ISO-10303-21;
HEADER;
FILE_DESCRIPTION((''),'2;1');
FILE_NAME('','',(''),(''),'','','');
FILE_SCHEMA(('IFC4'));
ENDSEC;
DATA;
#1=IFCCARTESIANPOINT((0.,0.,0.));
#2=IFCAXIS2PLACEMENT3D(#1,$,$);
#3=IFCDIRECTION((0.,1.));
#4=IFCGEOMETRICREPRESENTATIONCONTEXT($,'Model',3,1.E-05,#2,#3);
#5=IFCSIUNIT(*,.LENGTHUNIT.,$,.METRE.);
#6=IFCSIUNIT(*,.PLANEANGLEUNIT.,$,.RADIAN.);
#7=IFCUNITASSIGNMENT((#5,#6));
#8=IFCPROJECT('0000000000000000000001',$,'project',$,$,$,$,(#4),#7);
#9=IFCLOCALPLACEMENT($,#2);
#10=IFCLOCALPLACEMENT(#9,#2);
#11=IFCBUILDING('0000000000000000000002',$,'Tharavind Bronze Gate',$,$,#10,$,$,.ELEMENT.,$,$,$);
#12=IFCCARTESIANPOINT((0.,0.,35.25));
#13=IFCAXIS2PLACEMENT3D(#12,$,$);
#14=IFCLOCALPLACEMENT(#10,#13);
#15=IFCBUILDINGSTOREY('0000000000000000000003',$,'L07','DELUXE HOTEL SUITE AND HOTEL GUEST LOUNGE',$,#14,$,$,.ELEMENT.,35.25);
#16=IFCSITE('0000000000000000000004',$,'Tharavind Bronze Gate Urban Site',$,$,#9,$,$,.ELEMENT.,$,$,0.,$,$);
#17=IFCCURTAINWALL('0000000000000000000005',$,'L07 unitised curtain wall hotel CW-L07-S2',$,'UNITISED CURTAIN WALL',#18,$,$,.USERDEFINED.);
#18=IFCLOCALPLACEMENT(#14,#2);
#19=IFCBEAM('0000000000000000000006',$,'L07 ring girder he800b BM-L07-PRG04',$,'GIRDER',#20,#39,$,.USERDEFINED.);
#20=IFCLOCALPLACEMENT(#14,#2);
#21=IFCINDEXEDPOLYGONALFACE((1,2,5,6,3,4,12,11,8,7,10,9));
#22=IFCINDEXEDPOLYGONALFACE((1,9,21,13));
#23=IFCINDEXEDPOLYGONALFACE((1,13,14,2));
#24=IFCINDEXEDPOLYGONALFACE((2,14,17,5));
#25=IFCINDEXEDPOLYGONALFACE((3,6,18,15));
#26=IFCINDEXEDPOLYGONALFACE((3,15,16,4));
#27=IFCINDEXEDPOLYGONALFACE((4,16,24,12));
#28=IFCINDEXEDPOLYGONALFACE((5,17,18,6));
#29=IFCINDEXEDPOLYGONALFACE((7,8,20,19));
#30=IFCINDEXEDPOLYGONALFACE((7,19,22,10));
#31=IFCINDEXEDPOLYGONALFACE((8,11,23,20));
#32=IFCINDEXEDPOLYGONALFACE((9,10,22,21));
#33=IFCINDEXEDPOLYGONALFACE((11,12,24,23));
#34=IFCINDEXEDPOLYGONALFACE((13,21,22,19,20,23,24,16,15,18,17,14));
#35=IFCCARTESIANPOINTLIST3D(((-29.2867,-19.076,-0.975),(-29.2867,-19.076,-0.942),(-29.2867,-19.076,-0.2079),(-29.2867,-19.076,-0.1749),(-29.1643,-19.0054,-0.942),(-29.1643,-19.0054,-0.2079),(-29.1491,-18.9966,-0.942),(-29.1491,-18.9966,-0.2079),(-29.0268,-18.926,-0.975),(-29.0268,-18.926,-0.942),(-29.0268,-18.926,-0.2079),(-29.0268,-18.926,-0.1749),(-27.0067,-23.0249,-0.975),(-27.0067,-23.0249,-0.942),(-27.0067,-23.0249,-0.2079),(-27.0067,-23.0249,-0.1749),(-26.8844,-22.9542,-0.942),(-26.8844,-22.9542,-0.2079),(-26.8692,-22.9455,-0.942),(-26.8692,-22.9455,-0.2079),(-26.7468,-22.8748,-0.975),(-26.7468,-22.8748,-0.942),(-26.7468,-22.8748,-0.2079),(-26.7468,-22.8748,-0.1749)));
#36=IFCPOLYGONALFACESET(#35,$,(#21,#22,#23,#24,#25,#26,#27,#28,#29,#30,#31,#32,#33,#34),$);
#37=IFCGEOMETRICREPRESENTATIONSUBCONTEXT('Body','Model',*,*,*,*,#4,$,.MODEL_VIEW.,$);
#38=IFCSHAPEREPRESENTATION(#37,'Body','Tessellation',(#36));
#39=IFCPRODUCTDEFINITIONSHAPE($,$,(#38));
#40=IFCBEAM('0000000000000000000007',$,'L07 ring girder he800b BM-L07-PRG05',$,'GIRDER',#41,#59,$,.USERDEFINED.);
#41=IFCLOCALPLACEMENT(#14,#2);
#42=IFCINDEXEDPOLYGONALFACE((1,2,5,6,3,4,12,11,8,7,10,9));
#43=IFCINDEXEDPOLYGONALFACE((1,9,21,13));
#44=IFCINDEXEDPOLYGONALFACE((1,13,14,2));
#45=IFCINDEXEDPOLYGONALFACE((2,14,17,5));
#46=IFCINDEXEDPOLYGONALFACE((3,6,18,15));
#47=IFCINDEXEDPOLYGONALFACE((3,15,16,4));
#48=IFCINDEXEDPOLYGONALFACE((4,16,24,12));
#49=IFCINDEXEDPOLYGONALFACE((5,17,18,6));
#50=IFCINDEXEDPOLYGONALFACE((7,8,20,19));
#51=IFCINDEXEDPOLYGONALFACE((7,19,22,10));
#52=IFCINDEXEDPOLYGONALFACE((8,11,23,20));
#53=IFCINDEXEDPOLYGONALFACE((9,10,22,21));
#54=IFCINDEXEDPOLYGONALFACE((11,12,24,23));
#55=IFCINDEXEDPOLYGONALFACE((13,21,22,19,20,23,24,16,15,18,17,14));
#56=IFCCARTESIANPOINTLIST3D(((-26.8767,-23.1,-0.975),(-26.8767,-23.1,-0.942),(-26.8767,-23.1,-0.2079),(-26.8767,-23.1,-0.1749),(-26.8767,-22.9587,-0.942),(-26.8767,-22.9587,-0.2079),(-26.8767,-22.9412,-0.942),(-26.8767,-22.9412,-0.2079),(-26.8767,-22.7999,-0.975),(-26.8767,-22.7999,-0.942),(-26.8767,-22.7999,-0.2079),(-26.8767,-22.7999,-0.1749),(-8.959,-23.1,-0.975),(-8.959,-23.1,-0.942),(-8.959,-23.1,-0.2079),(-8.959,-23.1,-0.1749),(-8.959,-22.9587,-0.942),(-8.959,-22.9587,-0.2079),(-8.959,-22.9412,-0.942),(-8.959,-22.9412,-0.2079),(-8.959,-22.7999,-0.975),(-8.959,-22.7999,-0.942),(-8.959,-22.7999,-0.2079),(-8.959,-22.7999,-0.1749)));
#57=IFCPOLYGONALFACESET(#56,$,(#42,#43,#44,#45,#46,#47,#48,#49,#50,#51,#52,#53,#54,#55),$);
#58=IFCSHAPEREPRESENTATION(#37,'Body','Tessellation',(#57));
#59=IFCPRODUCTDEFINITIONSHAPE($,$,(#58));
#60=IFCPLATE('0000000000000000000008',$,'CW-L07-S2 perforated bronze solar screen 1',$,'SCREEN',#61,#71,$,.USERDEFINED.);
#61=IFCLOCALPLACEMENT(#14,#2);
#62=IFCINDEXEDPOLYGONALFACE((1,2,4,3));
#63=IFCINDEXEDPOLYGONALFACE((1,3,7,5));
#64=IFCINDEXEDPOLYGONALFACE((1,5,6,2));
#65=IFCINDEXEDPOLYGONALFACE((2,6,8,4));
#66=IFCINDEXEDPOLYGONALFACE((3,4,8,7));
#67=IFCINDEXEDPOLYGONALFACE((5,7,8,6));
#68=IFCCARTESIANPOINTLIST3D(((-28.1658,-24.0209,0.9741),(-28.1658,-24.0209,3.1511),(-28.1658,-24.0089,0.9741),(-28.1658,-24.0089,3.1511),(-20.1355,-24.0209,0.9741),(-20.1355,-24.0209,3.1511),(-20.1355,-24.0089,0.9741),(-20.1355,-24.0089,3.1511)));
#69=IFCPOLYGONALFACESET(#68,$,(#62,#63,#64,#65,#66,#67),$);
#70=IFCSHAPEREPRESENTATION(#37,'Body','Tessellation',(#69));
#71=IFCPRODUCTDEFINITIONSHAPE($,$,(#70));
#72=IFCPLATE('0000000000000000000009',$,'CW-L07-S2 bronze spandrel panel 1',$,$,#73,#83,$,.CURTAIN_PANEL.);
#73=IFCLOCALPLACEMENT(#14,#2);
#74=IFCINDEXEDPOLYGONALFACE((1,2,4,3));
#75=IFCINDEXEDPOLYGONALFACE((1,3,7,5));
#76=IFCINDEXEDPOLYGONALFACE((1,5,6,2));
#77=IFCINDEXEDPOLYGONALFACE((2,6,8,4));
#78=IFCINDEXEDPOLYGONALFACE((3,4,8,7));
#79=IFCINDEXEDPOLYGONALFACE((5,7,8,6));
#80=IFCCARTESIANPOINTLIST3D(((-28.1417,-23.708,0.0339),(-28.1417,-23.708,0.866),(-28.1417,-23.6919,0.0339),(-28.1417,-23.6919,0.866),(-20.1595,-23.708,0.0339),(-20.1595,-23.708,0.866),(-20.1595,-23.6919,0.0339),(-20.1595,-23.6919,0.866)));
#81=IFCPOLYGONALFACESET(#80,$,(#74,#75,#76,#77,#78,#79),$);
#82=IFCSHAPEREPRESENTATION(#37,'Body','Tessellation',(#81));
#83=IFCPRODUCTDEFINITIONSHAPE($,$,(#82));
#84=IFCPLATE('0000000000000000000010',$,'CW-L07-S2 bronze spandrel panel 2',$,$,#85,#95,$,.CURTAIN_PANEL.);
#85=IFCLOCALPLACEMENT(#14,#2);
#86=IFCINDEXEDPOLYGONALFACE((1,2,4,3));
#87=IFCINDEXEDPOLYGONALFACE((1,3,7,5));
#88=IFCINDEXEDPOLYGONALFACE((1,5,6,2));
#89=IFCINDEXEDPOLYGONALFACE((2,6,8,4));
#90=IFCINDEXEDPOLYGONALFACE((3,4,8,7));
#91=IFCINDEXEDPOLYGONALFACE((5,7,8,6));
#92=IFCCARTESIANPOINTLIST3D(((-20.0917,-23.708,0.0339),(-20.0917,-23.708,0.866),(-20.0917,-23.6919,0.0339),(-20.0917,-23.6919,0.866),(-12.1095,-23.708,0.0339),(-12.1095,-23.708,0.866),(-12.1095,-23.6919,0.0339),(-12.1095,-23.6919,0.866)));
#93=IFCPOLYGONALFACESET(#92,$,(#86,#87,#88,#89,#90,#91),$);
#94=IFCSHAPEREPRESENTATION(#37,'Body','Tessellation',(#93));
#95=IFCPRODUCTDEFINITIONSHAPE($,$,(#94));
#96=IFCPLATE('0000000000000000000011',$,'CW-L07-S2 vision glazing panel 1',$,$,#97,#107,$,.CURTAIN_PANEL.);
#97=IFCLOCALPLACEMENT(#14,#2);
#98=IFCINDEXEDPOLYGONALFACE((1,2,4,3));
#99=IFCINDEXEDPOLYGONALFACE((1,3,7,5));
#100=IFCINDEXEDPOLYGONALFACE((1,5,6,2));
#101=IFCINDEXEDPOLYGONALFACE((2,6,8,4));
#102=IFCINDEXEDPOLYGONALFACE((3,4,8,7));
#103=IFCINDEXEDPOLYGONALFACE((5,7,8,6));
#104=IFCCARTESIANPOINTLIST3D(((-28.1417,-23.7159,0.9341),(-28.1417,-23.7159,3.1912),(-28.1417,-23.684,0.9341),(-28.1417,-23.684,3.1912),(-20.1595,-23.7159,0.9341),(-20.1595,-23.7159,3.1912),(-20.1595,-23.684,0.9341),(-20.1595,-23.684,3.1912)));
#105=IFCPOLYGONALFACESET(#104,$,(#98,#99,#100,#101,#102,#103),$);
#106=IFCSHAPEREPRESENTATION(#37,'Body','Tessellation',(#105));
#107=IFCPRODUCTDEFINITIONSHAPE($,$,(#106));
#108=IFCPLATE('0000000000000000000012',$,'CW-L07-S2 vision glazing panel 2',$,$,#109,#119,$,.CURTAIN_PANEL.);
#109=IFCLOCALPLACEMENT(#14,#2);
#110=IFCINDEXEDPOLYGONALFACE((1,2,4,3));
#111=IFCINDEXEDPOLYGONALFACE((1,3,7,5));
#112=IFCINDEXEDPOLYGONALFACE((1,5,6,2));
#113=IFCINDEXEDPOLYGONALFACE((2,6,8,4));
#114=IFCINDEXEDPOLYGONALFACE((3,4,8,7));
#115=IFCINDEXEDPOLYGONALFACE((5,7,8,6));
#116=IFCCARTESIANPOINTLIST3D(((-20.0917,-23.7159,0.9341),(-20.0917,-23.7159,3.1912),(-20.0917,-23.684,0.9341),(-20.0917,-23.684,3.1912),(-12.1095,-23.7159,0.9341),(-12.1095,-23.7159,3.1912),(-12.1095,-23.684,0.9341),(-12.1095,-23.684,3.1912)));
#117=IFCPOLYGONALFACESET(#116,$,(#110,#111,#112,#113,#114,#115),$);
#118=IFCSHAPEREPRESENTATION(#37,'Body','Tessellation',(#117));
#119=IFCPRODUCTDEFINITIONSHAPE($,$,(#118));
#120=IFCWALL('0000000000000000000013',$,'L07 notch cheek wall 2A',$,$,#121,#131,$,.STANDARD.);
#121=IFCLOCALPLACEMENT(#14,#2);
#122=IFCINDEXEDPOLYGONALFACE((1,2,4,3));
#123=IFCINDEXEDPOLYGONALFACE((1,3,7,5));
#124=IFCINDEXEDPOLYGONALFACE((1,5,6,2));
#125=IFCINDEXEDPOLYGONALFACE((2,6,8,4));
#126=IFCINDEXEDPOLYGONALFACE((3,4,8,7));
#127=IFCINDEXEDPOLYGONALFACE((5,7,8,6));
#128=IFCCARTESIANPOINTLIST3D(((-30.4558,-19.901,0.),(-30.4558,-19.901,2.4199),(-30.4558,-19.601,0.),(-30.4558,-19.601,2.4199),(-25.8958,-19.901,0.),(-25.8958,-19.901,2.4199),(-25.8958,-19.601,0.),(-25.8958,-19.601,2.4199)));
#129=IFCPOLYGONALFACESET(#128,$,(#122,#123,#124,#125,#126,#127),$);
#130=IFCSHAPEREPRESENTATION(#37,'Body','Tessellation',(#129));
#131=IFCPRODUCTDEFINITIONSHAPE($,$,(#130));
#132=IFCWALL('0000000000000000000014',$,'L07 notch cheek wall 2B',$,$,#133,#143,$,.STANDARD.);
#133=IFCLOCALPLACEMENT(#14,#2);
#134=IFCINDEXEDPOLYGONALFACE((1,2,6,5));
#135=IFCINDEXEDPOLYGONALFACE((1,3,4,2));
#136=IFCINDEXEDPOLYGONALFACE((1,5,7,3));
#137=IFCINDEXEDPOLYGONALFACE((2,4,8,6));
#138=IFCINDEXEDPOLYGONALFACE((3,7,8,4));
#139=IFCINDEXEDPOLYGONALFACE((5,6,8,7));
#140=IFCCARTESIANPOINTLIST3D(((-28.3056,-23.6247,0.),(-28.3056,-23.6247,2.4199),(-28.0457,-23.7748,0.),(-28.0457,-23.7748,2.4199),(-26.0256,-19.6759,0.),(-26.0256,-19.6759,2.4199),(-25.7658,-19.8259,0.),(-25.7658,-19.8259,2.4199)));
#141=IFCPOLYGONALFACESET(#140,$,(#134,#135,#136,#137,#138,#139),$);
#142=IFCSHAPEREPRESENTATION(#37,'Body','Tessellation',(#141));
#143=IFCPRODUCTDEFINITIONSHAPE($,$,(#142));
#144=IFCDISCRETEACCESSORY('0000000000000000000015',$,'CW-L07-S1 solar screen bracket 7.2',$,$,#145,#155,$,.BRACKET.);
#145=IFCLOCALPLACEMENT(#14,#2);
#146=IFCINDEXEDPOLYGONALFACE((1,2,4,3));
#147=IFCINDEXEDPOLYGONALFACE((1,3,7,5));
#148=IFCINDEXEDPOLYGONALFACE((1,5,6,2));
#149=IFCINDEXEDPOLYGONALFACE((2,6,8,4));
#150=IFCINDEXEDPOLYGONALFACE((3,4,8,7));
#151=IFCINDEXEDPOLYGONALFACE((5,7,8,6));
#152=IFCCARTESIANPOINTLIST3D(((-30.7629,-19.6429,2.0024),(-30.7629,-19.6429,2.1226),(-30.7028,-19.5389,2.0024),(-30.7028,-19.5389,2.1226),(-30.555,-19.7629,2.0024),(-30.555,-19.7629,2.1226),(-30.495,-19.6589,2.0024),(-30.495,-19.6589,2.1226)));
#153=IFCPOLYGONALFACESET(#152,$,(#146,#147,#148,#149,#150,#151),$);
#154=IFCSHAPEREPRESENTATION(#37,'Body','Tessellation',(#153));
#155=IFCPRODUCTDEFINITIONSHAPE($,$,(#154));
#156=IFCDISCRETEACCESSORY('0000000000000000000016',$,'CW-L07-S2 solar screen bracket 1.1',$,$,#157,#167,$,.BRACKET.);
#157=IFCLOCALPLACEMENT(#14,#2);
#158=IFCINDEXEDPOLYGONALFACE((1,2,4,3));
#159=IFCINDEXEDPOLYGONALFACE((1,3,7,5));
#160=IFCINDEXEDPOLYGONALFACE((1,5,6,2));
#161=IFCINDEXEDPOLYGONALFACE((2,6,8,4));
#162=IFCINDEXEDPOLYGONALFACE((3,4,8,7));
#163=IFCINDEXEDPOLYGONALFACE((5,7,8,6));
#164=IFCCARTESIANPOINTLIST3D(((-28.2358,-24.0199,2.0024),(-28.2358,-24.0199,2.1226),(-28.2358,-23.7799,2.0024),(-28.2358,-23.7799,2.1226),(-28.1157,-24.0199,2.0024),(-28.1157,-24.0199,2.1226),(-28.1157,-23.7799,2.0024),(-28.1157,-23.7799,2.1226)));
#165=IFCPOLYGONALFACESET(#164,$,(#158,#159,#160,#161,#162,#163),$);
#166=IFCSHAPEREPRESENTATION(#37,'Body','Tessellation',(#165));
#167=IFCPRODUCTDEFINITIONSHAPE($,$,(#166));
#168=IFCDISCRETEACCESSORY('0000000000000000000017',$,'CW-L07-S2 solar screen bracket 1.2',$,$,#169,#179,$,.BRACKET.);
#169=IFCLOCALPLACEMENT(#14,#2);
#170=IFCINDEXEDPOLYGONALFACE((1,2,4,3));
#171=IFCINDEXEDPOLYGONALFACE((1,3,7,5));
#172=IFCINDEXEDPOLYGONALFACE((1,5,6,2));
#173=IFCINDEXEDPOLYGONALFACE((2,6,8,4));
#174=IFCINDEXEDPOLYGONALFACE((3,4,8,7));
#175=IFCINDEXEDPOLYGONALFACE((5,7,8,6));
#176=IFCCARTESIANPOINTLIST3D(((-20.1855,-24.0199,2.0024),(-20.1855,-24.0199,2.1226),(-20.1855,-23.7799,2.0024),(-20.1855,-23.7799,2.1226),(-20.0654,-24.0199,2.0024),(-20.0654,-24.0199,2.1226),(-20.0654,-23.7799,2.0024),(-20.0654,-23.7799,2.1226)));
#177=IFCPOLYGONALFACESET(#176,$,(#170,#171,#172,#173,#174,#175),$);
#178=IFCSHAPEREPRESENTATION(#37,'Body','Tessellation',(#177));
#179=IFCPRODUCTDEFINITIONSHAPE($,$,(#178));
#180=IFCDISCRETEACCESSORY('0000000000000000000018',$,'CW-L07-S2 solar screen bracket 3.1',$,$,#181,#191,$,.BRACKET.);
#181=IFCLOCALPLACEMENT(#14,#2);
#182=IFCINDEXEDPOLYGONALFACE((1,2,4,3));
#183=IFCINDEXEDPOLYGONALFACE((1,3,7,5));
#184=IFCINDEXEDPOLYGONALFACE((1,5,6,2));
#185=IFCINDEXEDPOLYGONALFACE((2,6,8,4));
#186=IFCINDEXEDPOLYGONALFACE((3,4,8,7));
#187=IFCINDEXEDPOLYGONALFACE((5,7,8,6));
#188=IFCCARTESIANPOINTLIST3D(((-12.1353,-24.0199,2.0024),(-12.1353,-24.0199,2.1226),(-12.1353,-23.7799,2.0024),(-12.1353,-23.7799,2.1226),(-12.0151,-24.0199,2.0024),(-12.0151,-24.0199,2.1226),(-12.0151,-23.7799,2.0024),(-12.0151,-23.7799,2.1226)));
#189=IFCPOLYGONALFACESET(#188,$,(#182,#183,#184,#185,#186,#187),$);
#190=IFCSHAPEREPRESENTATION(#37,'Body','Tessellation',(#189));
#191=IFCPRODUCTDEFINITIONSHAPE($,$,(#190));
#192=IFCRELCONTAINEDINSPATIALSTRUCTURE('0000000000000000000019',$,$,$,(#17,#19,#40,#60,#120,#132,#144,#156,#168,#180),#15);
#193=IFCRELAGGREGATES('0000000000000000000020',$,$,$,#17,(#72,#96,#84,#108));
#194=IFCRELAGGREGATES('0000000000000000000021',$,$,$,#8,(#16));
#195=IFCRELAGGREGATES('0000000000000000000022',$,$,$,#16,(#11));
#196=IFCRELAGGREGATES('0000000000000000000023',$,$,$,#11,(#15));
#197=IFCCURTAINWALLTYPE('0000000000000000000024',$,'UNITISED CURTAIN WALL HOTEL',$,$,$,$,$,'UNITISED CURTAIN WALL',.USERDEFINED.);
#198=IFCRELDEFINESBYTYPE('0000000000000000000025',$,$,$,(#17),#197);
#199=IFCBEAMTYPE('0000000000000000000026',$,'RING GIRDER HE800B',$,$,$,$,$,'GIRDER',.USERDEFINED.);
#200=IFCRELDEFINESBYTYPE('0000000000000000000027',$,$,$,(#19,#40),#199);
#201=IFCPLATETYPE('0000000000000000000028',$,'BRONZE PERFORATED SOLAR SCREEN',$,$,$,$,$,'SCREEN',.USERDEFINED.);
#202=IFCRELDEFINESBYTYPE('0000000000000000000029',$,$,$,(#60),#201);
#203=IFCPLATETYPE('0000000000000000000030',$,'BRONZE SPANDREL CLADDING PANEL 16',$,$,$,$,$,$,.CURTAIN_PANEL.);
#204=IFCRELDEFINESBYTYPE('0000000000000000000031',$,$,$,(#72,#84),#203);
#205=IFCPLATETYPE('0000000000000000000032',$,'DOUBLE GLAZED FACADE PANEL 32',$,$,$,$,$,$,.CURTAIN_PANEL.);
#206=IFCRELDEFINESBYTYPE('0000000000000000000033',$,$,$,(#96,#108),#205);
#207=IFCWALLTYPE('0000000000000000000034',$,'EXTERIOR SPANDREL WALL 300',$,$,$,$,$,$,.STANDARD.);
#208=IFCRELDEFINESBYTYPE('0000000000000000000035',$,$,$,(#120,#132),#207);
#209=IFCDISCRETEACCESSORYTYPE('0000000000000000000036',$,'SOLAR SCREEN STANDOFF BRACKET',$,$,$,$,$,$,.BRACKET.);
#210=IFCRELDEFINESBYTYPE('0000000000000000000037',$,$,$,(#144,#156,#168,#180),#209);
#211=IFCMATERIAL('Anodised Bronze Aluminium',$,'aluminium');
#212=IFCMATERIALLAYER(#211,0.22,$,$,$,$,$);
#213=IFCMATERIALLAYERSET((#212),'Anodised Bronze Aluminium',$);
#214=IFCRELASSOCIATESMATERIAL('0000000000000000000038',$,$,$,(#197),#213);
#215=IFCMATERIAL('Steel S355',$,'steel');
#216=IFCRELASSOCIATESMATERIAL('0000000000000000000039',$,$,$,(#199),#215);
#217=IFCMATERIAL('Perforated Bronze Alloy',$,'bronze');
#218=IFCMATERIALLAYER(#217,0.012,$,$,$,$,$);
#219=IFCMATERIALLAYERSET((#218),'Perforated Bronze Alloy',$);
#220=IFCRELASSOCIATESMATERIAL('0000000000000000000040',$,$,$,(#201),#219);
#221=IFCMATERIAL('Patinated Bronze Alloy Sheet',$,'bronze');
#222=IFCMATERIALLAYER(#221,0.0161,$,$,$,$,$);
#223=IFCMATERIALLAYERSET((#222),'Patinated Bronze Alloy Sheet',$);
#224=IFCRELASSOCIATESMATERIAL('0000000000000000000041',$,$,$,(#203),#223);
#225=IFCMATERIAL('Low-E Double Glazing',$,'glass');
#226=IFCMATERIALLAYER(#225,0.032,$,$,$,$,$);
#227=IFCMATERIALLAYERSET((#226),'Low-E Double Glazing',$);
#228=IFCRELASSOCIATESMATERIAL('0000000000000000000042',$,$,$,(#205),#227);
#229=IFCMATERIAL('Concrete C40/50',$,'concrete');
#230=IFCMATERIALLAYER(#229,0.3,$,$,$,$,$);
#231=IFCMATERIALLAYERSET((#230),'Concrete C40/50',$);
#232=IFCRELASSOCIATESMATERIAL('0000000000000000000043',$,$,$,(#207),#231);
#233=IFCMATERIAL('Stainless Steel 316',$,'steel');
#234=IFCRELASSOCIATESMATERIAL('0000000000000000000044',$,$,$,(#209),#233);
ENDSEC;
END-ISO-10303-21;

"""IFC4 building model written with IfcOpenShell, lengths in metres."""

from ifc_helpers import new_model, si_unit, direction, frame, frame_2d, origin, origin_2d, place, context, subcontext, project, spatial, rectangle, i_section, extrude, material, layer, layer_set, material_profile, profile_set, type_object, element, aggregate, save


model = new_model("IFC4")

# Units and contexts
model_context = context("Model", 3, precision=1e-05, world=origin(), true_north=direction((0.0, 1.0)))
body_context = subcontext(model_context, "Body", "Model", "MODEL_VIEW")
ifc_project = project(units=[si_unit("LENGTHUNIT", "METRE"), si_unit("PLANEANGLEUNIT", "RADIAN")], contexts=[model_context])

# Site, building, storey
site_placement = place(None, origin())
site = spatial("IfcSite", under=ifc_project, at=site_placement, Name="Tharavind Bronze Gate Urban Site", CompositionType="ELEMENT", RefElevation=0.0)
building_placement = place(site_placement, origin())
building = spatial("IfcBuilding", under=site, at=building_placement, Name="Tharavind Bronze Gate", CompositionType="ELEMENT")
storey_placement = place(building_placement, frame((0.0, 0.0, 35.25)))
storey = spatial("IfcBuildingStorey", under=building, at=storey_placement, Name="L07", Description="DELUXE HOTEL SUITE AND HOTEL GUEST LOUNGE", CompositionType="ELEMENT", Elevation=35.25)

# Shared definitions
ifc_material_1 = material(Name="Anodised Bronze Aluminium", Category="aluminium")
ifc_layer_1 = layer(ifc_material_1, 0.22)
ifc_layer_set_1 = layer_set([ifc_layer_1], Name="Anodised Bronze Aluminium")
curtain_wall_type = type_object("IfcCurtainWallType", Name="UNITISED CURTAIN WALL HOTEL", ElementType="UNITISED CURTAIN WALL", PredefinedType="USERDEFINED", material=ifc_layer_set_1)

# Curtain wall
curtain_wall_1_placement = place(storey_placement, origin())
curtain_wall_1 = element("IfcCurtainWall", 1, at=curtain_wall_1_placement, inside=storey, type_object=curtain_wall_type, Name="L07 unitised curtain wall hotel CW-L07-S2", ObjectType="UNITISED CURTAIN WALL", PredefinedType="USERDEFINED")

# Beams
ifc_material_2 = material(Name="Steel S355", Category="steel")
ifc_material_profile_1 = material_profile(ifc_material_2, i_section(OverallWidth=0.3, OverallDepth=0.8, WebThickness=0.0176, FlangeThickness=0.033, at=origin_2d()), Name="HE800B")
ifc_profile_set_1 = profile_set([ifc_material_profile_1], Name="Steel S355")
beam_type_1 = type_object("IfcBeamType", Name="RING GIRDER HE800B", ElementType="GIRDER", PredefinedType="USERDEFINED", material=ifc_profile_set_1)
beam_1_placement = place(storey_placement, frame((-29.1567, -19.001, -0.575), z_axis=(0.500014, -0.866017, 0.0), x_axis=(0.866017, 0.500014, 0.0)))
element("IfcBeam", 2, at=beam_1_placement, inside=storey, type_object=beam_type_1, Name="L07 ring girder he800b BM-L07-PRG04", ObjectType="GIRDER", PredefinedType="USERDEFINED", context=body_context, shape_type="SweptSolid", body=[
    extrude(i_section(OverallWidth=0.3, OverallDepth=0.8, WebThickness=0.0176, FlangeThickness=0.033, at=origin_2d()), origin(), (0.0, 0.0, 1.0), 4.5598),
])
beam_2_placement = place(storey_placement, frame((-26.8767, -22.95, -0.575), z_axis=(1.0, 0.0, 0.0), x_axis=(0.0, 1.0, 0.0)))
element("IfcBeam", 3, at=beam_2_placement, inside=storey, type_object=beam_type_1, Name="L07 ring girder he800b BM-L07-PRG05", ObjectType="GIRDER", PredefinedType="USERDEFINED", context=body_context, shape_type="SweptSolid", body=[
    extrude(i_section(OverallWidth=0.3, OverallDepth=0.8, WebThickness=0.0176, FlangeThickness=0.033, at=origin_2d()), origin(), (0.0, 0.0, 1.0), 17.9177),
])

# Plates
ifc_material_3 = material(Name="Perforated Bronze Alloy", Category="bronze")
ifc_layer_2 = layer(ifc_material_3, 0.012)
ifc_layer_set_2 = layer_set([ifc_layer_2], Name="Perforated Bronze Alloy")
plate_type_1 = type_object("IfcPlateType", Name="BRONZE PERFORATED SOLAR SCREEN", ElementType="SCREEN", PredefinedType="USERDEFINED", material=ifc_layer_set_2)
plate_1_placement = place(storey_placement, frame((-24.1506, -24.0149, 0.9741), z_axis=(0.0, 0.0, 1.0), x_axis=(1.0, 0.0, 0.0)))
element("IfcPlate", 4, at=plate_1_placement, inside=storey, type_object=plate_type_1, Name="CW-L07-S2 perforated bronze solar screen 1", ObjectType="SCREEN", PredefinedType="USERDEFINED", context=body_context, shape_type="SweptSolid", body=[
    extrude(rectangle(XDim=8.0303, YDim=0.012, at=origin_2d()), origin(), (0.0, 0.0, 1.0), 2.177),
])
ifc_material_4 = material(Name="Patinated Bronze Alloy Sheet", Category="bronze")
ifc_layer_3 = layer(ifc_material_4, 0.0161)
ifc_layer_set_3 = layer_set([ifc_layer_3], Name="Patinated Bronze Alloy Sheet")
plate_type_2 = type_object("IfcPlateType", Name="BRONZE SPANDREL CLADDING PANEL 16", PredefinedType="CURTAIN_PANEL", material=ifc_layer_set_3)
plate_2_placement = place(storey_placement, frame((-24.1506, -23.7, 0.0339), z_axis=(0.0, 0.0, 1.0), x_axis=(1.0, 0.0, 0.0)))
plate_2 = element("IfcPlate", 5, at=plate_2_placement, type_object=plate_type_2, Name="CW-L07-S2 bronze spandrel panel 1", PredefinedType="CURTAIN_PANEL", context=body_context, shape_type="SweptSolid", body=[
    extrude(rectangle(XDim=7.9822, YDim=0.0161, at=origin_2d()), origin(), (0.0, 0.0, 1.0), 0.832),
])
plate_3_placement = place(storey_placement, frame((-16.1006, -23.7, 0.0339), z_axis=(0.0, 0.0, 1.0), x_axis=(1.0, 0.0, 0.0)))
plate_3 = element("IfcPlate", 6, at=plate_3_placement, type_object=plate_type_2, Name="CW-L07-S2 bronze spandrel panel 2", PredefinedType="CURTAIN_PANEL", context=body_context, shape_type="SweptSolid", body=[
    extrude(rectangle(XDim=7.9822, YDim=0.0161, at=origin_2d()), origin(), (0.0, 0.0, 1.0), 0.832),
])
ifc_material_5 = material(Name="Low-E Double Glazing", Category="glass")
ifc_layer_4 = layer(ifc_material_5, 0.032)
ifc_layer_set_4 = layer_set([ifc_layer_4], Name="Low-E Double Glazing")
plate_type_3 = type_object("IfcPlateType", Name="DOUBLE GLAZED FACADE PANEL 32", PredefinedType="CURTAIN_PANEL", material=ifc_layer_set_4)
plate_4_placement = place(storey_placement, frame((-24.1506, -23.7, 0.9341), z_axis=(0.0, 0.0, 1.0), x_axis=(1.0, 0.0, 0.0)))
plate_4 = element("IfcPlate", 7, at=plate_4_placement, type_object=plate_type_3, Name="CW-L07-S2 vision glazing panel 1", PredefinedType="CURTAIN_PANEL", context=body_context, shape_type="SweptSolid", body=[
    extrude(rectangle(XDim=7.9822, YDim=0.032, at=origin_2d()), origin(), (0.0, 0.0, 1.0), 2.2571),
])
plate_5_placement = place(storey_placement, frame((-16.1006, -23.7, 0.9341), z_axis=(0.0, 0.0, 1.0), x_axis=(1.0, 0.0, 0.0)))
plate_5 = element("IfcPlate", 8, at=plate_5_placement, type_object=plate_type_3, Name="CW-L07-S2 vision glazing panel 2", PredefinedType="CURTAIN_PANEL", context=body_context, shape_type="SweptSolid", body=[
    extrude(rectangle(XDim=7.9822, YDim=0.032, at=origin_2d()), origin(), (0.0, 0.0, 1.0), 2.2571),
])
aggregate(curtain_wall_1, [plate_2, plate_4, plate_3, plate_5])

# Walls
ifc_material_6 = material(Name="Concrete C40/50", Category="concrete")
ifc_layer_5 = layer(ifc_material_6, 0.3)
ifc_layer_set_5 = layer_set([ifc_layer_5], Name="Concrete C40/50")
wall_type = type_object("IfcWallType", Name="EXTERIOR SPANDREL WALL 300", PredefinedType="STANDARD", material=ifc_layer_set_5)
wall_1_placement = place(storey_placement, frame((-30.4558, -19.751, 0.0), z_axis=(0.0, 0.0, 1.0), x_axis=(1.0, 0.0, 0.0)))
element("IfcWall", 9, at=wall_1_placement, inside=storey, type_object=wall_type, Name="L07 notch cheek wall 2A", PredefinedType="STANDARD", context=body_context, shape_type="SweptSolid", body=[
    extrude(rectangle(XDim=4.5601, YDim=0.3, at=frame_2d((2.28, 0.0))), origin(), (0.0, 0.0, 1.0), 2.4199),
])
wall_2_placement = place(storey_placement, frame((-25.8958, -19.751, 0.0), z_axis=(0.0, 0.0, 1.0), x_axis=(-0.500014, -0.866017, 0.0)))
element("IfcWall", 10, at=wall_2_placement, inside=storey, type_object=wall_type, Name="L07 notch cheek wall 2B", PredefinedType="STANDARD", context=body_context, shape_type="SweptSolid", body=[
    extrude(rectangle(XDim=4.5598, YDim=0.3, at=frame_2d((2.2798, 0.0))), origin(), (0.0, 0.0, 1.0), 2.4199),
])

# Discrete accessories
ifc_material_7 = material(Name="Stainless Steel 316", Category="steel")
discrete_accessory_type = type_object("IfcDiscreteAccessoryType", Name="SOLAR SCREEN STANDOFF BRACKET", PredefinedType="BRACKET", material=ifc_material_7)
for number, where, z_axis, x_axis, name in (
    (11, (-30.6289, -19.6509, 2.0024), (0.0, 0.0, 1.0), (-0.500002, -0.866025, 0.0), "CW-L07-S1 solar screen bracket 7.2"),
    (12, (-28.1758, -23.8999, 2.0024), (0.0, 0.0, 1.0), (1.0, 0.0, 0.0), "CW-L07-S2 solar screen bracket 1.1"),
    (13, (-20.1255, -23.8999, 2.0024), (0.0, 0.0, 1.0), (1.0, 0.0, 0.0), "CW-L07-S2 solar screen bracket 1.2"),
    (14, (-12.0752, -23.8999, 2.0024), (0.0, 0.0, 1.0), (1.0, 0.0, 0.0), "CW-L07-S2 solar screen bracket 3.1"),
):
    element("IfcDiscreteAccessory", number, at=place(storey_placement, frame(where, z_axis=z_axis, x_axis=x_axis)), inside=storey, type_object=discrete_accessory_type, Name=name, PredefinedType="BRACKET", context=body_context, shape_type="SweptSolid", body=[
        extrude(rectangle(XDim=0.1201, YDim=0.24, at=origin_2d()), origin(), (0.0, 0.0, 1.0), 0.1201),
    ])

save(model, "model.ifc")
